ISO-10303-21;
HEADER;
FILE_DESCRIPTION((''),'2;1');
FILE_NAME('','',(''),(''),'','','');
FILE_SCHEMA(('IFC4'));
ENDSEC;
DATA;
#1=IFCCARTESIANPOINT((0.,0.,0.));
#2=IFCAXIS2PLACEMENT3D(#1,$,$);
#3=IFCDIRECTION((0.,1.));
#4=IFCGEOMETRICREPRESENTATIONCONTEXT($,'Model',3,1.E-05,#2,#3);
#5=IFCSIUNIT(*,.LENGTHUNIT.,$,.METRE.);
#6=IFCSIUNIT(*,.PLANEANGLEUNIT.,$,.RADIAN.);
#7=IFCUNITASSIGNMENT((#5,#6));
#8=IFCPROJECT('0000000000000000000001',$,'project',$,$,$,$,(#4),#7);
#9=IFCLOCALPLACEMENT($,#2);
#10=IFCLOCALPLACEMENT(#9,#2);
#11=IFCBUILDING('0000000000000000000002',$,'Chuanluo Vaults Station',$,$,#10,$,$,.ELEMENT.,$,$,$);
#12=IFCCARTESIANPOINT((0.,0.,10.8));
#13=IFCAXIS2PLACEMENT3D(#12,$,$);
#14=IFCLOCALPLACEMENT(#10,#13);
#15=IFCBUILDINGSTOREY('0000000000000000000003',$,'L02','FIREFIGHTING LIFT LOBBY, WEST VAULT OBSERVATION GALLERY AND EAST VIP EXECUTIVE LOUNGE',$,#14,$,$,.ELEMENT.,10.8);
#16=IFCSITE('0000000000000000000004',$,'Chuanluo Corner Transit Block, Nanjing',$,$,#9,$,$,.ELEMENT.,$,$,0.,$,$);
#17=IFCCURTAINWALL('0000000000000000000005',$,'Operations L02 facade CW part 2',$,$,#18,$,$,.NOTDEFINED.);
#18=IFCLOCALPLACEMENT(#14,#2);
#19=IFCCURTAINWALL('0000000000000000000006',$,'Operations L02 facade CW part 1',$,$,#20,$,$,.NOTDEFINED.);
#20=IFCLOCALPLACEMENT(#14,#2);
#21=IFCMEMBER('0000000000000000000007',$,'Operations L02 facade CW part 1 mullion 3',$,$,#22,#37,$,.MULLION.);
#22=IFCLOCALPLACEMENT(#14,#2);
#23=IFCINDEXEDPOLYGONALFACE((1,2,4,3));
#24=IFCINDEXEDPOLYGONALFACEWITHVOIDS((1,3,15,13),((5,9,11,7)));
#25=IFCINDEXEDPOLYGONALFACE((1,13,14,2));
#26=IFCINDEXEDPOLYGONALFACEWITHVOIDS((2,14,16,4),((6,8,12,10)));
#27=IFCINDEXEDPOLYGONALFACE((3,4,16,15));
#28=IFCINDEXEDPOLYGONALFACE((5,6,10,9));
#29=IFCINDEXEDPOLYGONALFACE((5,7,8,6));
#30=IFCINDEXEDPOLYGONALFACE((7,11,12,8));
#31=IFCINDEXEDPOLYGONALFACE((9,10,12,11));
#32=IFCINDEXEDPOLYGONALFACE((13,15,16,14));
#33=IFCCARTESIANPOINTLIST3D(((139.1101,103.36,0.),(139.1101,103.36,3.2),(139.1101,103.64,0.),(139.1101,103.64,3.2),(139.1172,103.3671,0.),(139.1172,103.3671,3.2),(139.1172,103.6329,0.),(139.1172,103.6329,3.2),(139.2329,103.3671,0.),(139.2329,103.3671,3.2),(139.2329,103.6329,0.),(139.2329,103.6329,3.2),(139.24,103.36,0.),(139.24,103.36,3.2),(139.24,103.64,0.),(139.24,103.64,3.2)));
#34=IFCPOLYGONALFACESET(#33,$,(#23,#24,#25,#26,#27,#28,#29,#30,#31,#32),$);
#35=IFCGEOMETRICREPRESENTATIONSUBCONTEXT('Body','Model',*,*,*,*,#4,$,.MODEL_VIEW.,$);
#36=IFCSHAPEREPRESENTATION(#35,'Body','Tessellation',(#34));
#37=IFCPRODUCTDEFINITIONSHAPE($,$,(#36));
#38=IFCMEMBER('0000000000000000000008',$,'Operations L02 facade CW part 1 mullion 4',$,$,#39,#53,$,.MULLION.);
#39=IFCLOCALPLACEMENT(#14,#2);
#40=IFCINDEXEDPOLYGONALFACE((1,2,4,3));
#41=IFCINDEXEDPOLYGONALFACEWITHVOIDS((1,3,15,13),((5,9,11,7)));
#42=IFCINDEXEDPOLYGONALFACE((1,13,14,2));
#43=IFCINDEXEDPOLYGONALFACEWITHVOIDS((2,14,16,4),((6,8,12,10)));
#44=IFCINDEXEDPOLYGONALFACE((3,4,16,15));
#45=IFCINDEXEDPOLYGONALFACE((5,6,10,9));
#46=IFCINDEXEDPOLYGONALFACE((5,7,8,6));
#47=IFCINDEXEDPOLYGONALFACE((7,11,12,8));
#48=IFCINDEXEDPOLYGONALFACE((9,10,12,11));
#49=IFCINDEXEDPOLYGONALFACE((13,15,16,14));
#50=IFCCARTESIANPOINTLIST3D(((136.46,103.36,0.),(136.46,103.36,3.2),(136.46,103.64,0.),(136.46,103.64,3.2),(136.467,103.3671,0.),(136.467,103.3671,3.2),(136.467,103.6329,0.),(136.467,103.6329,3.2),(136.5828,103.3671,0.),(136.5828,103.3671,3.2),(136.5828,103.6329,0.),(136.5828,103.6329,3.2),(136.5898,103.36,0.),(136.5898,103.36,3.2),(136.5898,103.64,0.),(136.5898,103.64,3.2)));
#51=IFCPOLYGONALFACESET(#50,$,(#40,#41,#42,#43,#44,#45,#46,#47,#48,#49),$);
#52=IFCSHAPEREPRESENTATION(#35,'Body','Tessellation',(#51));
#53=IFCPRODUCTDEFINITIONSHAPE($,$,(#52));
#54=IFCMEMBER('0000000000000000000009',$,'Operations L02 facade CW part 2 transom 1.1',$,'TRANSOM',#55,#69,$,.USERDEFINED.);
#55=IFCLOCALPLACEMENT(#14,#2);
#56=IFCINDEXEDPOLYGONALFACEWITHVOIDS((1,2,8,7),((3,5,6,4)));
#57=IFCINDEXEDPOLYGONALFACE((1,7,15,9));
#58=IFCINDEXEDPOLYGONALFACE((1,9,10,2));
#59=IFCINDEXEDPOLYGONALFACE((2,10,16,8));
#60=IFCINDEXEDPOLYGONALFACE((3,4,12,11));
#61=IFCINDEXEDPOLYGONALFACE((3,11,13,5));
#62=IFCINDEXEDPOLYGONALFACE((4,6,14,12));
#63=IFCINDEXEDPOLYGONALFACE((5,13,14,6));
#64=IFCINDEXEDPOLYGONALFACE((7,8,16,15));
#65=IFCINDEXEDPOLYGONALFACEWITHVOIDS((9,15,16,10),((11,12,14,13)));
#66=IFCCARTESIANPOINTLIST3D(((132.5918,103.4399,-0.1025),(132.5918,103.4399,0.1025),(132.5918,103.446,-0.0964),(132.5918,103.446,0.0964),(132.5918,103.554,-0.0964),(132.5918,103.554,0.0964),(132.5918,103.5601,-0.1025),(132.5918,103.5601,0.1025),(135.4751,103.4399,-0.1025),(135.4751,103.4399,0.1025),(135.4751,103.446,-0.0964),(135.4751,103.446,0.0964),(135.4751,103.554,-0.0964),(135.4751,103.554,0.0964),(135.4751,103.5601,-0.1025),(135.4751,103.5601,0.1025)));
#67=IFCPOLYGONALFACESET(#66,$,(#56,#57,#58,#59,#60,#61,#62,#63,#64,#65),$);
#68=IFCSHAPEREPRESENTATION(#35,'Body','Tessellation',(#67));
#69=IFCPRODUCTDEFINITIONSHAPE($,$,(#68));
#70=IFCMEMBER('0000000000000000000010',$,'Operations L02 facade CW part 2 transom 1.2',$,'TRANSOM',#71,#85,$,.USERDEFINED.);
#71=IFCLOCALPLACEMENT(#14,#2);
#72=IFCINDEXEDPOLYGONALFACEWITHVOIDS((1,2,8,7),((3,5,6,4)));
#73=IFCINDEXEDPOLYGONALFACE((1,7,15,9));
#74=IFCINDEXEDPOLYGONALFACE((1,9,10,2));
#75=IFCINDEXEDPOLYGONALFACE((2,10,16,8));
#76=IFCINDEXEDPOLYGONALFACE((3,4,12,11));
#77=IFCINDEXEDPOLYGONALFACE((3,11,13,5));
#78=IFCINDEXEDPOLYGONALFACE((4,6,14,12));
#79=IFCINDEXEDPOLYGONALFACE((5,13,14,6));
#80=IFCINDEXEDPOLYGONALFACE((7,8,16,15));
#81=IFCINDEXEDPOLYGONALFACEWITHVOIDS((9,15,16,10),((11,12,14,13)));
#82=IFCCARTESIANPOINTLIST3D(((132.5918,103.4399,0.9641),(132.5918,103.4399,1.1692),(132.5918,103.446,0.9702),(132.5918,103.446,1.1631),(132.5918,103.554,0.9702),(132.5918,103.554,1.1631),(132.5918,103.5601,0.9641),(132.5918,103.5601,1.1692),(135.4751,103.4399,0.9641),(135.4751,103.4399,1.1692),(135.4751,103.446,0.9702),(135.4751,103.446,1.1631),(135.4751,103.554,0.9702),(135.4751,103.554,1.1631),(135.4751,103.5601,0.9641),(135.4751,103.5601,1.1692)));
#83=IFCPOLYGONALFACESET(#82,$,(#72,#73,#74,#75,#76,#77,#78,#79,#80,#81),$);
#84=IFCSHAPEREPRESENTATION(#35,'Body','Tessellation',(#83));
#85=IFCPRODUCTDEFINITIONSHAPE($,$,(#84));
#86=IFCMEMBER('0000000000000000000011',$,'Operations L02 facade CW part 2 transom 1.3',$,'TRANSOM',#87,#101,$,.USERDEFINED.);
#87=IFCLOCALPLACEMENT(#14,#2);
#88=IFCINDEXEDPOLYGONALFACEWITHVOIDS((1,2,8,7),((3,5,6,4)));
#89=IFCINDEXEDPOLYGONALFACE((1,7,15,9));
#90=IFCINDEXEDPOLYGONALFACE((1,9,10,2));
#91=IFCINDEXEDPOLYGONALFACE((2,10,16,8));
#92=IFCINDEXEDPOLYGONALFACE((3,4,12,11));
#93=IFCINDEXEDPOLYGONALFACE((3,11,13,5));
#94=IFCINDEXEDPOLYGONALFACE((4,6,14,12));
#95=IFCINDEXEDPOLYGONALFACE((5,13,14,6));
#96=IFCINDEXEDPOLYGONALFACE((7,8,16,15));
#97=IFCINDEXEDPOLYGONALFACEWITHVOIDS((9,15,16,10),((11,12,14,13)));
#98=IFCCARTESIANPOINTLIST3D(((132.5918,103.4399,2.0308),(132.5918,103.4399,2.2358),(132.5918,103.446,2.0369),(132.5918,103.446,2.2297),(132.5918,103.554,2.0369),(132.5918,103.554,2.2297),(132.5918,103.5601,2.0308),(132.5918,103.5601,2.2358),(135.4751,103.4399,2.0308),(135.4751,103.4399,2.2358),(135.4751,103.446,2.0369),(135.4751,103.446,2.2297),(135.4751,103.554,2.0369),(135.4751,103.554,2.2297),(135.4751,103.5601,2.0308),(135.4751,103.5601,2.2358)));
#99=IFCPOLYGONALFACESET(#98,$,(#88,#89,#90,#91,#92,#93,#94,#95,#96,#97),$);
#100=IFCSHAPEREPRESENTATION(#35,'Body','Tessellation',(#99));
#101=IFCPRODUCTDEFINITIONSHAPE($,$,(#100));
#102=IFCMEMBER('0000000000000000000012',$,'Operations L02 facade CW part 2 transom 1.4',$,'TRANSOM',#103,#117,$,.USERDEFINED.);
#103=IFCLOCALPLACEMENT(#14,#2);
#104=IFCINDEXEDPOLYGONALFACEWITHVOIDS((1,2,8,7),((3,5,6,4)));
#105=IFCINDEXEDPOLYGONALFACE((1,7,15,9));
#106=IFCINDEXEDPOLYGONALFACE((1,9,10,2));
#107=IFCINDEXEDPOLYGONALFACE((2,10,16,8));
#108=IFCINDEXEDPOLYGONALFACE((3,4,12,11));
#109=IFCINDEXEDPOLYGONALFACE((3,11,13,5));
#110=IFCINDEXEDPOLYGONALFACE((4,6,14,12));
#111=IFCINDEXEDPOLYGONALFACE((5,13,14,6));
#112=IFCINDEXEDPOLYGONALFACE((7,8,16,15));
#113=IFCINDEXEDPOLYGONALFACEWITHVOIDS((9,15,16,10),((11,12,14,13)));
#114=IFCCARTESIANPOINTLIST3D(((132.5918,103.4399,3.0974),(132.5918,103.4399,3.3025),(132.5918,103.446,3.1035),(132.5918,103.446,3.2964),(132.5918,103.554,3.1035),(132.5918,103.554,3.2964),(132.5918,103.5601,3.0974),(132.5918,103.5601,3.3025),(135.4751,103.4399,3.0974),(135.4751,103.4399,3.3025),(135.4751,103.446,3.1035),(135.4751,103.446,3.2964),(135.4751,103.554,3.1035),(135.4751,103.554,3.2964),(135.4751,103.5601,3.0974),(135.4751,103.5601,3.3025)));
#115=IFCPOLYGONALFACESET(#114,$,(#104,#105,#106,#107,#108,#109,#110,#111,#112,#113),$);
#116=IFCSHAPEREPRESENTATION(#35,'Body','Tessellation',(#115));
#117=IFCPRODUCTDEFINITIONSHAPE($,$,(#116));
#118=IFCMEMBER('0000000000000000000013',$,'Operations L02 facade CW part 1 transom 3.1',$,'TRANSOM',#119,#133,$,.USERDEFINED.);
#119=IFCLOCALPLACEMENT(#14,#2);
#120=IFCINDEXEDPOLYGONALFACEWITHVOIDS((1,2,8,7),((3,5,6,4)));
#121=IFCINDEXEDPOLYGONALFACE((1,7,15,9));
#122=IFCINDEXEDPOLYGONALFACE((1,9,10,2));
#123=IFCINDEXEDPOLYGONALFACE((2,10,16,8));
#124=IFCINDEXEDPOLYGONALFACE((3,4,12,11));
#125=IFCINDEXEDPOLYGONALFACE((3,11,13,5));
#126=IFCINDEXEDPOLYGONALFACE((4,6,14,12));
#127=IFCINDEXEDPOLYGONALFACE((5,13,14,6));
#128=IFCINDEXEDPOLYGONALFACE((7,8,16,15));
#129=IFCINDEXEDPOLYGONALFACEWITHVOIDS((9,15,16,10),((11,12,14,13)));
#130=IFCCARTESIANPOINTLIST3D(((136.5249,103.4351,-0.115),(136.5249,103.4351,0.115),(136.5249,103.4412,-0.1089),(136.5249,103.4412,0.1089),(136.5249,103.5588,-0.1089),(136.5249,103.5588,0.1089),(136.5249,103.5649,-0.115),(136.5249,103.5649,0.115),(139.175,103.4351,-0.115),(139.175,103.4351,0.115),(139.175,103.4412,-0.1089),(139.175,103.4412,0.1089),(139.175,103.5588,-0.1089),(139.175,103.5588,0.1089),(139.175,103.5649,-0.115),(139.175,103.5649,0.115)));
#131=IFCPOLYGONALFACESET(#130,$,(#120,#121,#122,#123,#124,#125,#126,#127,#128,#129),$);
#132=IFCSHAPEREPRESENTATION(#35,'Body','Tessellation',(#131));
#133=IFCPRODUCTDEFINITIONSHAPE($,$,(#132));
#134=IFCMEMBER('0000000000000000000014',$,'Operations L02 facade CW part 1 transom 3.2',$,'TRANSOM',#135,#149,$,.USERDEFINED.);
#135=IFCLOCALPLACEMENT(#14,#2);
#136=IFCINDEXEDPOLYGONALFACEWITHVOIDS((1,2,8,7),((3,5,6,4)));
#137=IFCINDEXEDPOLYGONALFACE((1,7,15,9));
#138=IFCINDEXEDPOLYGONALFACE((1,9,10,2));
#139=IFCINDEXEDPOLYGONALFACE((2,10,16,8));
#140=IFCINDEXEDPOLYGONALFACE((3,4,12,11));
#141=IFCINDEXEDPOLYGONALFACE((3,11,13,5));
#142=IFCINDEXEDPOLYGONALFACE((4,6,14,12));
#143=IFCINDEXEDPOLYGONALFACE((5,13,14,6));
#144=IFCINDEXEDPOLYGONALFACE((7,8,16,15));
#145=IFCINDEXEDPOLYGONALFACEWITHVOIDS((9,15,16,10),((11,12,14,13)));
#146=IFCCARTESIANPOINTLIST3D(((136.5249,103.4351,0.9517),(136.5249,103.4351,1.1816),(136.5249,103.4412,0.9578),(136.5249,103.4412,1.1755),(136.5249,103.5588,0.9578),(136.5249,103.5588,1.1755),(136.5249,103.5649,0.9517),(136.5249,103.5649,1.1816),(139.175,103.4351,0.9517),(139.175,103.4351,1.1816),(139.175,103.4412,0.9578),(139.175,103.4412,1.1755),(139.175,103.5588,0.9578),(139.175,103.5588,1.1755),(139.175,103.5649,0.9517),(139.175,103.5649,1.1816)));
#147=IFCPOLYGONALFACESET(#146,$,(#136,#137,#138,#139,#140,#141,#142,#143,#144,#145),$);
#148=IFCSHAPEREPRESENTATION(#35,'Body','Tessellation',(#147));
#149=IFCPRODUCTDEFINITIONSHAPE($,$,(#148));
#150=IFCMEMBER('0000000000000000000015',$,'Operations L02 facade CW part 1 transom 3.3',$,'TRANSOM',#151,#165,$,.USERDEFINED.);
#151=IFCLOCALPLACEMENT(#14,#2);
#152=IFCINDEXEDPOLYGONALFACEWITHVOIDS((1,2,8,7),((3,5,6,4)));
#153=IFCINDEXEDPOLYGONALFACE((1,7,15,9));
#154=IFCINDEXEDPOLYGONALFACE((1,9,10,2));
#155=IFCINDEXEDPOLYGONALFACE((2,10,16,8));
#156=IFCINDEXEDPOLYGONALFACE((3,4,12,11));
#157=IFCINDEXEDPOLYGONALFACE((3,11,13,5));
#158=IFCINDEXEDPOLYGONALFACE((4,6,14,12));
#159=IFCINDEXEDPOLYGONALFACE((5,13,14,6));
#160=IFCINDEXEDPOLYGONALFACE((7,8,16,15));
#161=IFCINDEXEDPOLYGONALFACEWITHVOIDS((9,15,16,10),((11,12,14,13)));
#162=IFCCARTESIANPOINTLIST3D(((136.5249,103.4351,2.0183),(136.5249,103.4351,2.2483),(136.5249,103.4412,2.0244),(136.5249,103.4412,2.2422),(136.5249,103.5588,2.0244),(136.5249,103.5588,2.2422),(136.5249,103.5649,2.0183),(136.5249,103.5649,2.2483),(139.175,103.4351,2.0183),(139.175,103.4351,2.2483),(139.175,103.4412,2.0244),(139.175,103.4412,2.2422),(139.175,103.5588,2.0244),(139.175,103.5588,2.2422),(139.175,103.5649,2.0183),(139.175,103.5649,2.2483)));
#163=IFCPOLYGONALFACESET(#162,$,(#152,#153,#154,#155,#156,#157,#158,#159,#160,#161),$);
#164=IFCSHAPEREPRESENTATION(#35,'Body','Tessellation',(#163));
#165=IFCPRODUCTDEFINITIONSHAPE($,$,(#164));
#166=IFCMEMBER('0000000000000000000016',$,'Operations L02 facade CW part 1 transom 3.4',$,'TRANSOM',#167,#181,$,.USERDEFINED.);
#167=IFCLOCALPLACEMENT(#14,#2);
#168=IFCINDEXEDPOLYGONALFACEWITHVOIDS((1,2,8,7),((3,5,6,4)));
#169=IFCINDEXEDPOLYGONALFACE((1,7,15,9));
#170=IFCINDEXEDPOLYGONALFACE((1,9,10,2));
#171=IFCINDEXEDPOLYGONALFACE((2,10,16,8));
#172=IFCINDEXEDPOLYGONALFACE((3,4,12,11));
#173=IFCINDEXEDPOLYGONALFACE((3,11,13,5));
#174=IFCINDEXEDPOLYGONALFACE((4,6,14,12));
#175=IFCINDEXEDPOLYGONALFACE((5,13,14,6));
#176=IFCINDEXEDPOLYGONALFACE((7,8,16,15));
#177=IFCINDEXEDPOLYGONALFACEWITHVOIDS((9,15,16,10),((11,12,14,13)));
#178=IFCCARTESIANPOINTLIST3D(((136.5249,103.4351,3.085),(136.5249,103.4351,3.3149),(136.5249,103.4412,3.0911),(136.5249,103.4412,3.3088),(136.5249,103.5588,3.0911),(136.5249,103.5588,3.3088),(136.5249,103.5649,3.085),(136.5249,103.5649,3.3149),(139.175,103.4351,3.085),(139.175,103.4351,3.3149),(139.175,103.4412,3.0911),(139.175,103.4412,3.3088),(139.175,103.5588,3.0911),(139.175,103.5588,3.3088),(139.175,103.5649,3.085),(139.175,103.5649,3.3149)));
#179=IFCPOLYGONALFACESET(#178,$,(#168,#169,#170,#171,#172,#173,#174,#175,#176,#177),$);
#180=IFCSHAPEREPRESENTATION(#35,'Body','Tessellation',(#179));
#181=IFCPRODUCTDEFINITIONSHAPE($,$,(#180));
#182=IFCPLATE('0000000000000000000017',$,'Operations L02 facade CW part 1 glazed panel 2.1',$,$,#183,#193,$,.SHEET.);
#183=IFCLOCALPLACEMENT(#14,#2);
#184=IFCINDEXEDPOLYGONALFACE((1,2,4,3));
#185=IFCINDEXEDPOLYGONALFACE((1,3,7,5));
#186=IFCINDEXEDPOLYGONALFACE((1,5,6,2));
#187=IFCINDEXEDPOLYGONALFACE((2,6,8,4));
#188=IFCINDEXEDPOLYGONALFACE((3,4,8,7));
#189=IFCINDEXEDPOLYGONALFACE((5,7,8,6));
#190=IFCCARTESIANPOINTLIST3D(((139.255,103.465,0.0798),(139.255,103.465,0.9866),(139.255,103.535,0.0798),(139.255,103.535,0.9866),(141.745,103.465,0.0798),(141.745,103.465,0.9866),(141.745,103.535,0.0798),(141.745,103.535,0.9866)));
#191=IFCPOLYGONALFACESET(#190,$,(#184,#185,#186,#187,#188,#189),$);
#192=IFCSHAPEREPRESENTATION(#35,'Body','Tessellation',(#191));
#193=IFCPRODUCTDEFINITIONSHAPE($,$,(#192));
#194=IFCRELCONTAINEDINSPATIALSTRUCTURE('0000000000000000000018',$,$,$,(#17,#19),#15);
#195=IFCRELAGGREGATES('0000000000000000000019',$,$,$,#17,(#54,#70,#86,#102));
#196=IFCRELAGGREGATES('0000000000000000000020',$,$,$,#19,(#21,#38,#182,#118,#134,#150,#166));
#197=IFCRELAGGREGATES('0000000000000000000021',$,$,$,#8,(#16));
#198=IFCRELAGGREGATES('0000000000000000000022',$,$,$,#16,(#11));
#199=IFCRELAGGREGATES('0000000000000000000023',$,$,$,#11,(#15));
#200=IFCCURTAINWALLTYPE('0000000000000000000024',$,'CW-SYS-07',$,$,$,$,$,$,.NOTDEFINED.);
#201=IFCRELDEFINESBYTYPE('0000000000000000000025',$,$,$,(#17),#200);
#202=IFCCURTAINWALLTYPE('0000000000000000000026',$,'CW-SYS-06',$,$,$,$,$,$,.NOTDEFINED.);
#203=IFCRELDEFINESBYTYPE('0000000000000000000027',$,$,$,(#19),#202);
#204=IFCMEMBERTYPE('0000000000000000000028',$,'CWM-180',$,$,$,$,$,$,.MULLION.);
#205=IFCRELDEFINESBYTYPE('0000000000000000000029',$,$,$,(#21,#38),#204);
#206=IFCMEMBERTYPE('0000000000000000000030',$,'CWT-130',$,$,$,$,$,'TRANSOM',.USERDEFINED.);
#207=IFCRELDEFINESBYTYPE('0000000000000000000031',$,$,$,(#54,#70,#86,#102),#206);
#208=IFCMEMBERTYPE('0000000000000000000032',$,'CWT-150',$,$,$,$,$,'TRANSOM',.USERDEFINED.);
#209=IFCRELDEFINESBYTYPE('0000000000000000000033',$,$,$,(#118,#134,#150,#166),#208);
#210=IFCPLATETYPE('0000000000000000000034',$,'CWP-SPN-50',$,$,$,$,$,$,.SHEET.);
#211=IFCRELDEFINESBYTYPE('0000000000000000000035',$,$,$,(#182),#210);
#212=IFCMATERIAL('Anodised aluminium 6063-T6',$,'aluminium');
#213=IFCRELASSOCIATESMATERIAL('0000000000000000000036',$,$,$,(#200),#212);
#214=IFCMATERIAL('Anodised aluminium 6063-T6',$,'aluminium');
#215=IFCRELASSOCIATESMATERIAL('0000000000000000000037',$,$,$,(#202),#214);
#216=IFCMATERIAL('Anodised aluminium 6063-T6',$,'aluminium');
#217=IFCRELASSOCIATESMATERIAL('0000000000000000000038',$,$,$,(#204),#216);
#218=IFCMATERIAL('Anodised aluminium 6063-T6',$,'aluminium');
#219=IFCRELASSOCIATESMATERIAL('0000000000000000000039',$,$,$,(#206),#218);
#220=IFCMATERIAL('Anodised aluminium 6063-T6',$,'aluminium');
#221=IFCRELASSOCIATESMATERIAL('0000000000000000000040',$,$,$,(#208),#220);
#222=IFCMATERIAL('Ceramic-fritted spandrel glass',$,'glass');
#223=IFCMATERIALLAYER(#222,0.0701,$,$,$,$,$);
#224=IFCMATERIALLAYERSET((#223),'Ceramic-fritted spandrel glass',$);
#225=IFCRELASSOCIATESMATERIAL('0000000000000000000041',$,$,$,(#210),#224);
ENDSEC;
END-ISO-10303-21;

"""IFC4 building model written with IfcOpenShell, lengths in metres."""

from ifc_helpers import new_model, si_unit, direction, frame, origin, origin_2d, place, context, subcontext, project, spatial, rectangle, hollow_rectangle, extrude, material, layer, layer_set, material_profile, profile_set, type_object, element, aggregate, save


model = new_model("IFC4")

# Units and contexts
model_context = context("Model", 3, precision=1e-05, world=origin(), true_north=direction((0.0, 1.0)))
body_context = subcontext(model_context, "Body", "Model", "MODEL_VIEW")
ifc_project = project(units=[si_unit("LENGTHUNIT", "METRE"), si_unit("PLANEANGLEUNIT", "RADIAN")], contexts=[model_context])

# Site, building, storey
site_placement = place(None, origin())
site = spatial("IfcSite", under=ifc_project, at=site_placement, Name="Chuanluo Corner Transit Block, Nanjing", CompositionType="ELEMENT", RefElevation=0.0)
building_placement = place(site_placement, origin())
building = spatial("IfcBuilding", under=site, at=building_placement, Name="Chuanluo Vaults Station", CompositionType="ELEMENT")
storey_placement = place(building_placement, frame((0.0, 0.0, 10.8)))
storey = spatial("IfcBuildingStorey", under=building, at=storey_placement, Name="L02", Description="FIREFIGHTING LIFT LOBBY, WEST VAULT OBSERVATION GALLERY AND EAST VIP EXECUTIVE LOUNGE", CompositionType="ELEMENT", Elevation=10.8)

# Curtain wall
ifc_material_1 = material(Name="Anodised aluminium 6063-T6", Category="aluminium")
curtain_wall_type_1 = type_object("IfcCurtainWallType", Name="CW-SYS-07", PredefinedType="NOTDEFINED", material=ifc_material_1)
curtain_wall_1_placement = place(storey_placement, origin())
curtain_wall_1 = element("IfcCurtainWall", 1, at=curtain_wall_1_placement, inside=storey, type_object=curtain_wall_type_1, Name="Operations L02 facade CW part 2", PredefinedType="NOTDEFINED")

# Curtain wall, members
ifc_material_2 = material(Name="Anodised aluminium 6063-T6", Category="aluminium")
curtain_wall_type_2 = type_object("IfcCurtainWallType", Name="CW-SYS-06", PredefinedType="NOTDEFINED", material=ifc_material_2)
curtain_wall_2_placement = place(storey_placement, origin())
curtain_wall_2 = element("IfcCurtainWall", 2, at=curtain_wall_2_placement, inside=storey, type_object=curtain_wall_type_2, Name="Operations L02 facade CW part 1", PredefinedType="NOTDEFINED")
ifc_material_3 = material(Name="Anodised aluminium 6063-T6", Category="aluminium")
ifc_material_profile_1 = material_profile(ifc_material_3, hollow_rectangle(XDim=0.1299, YDim=0.28, WallThickness=0.0071, at=origin_2d()))
ifc_profile_set_1 = profile_set([ifc_material_profile_1], Name="Anodised aluminium 6063-T6")
member_type_1 = type_object("IfcMemberType", Name="CWM-180", PredefinedType="MULLION", material=ifc_profile_set_1)
member_1_placement = place(storey_placement, frame((139.175, 103.5, 0.0), z_axis=(0.0, 0.0, 1.0), x_axis=(-1.0, 0.0, 0.0)))
member_1 = element("IfcMember", 3, at=member_1_placement, type_object=member_type_1, Name="Operations L02 facade CW part 1 mullion 3", PredefinedType="MULLION", context=body_context, shape_type="SweptSolid", body=[
    extrude(hollow_rectangle(XDim=0.1299, YDim=0.28, WallThickness=0.0071, at=origin_2d()), origin(), (0.0, 0.0, 1.0), 3.2),
])
member_2_placement = place(storey_placement, frame((136.5249, 103.5, 0.0), z_axis=(0.0, 0.0, 1.0), x_axis=(-1.0, 0.0, 0.0)))
member_2 = element("IfcMember", 4, at=member_2_placement, type_object=member_type_1, Name="Operations L02 facade CW part 1 mullion 4", PredefinedType="MULLION", context=body_context, shape_type="SweptSolid", body=[
    extrude(hollow_rectangle(XDim=0.1299, YDim=0.28, WallThickness=0.0071, at=origin_2d()), origin(), (0.0, 0.0, 1.0), 3.2),
])

# Members
ifc_material_4 = material(Name="Anodised aluminium 6063-T6", Category="aluminium")
ifc_material_profile_2 = material_profile(ifc_material_4, hollow_rectangle(XDim=0.1201, YDim=0.2051, WallThickness=0.0061, at=origin_2d()))
ifc_profile_set_2 = profile_set([ifc_material_profile_2], Name="Anodised aluminium 6063-T6")
member_type_2 = type_object("IfcMemberType", Name="CWT-130", ElementType="TRANSOM", PredefinedType="USERDEFINED", material=ifc_profile_set_2)
member_3_placement = place(storey_placement, frame((135.4751, 103.5, 0.0), z_axis=(-1.0, 0.0, 0.0), x_axis=(0.0, -1.0, 0.0)))
member_3 = element("IfcMember", 5, at=member_3_placement, type_object=member_type_2, Name="Operations L02 facade CW part 2 transom 1.1", ObjectType="TRANSOM", PredefinedType="USERDEFINED", context=body_context, shape_type="SweptSolid", body=[
    extrude(hollow_rectangle(XDim=0.1201, YDim=0.2051, WallThickness=0.0061, at=origin_2d()), origin(), (0.0, 0.0, 1.0), 2.8833),
])
member_4_placement = place(storey_placement, frame((135.4751, 103.5, 1.0667), z_axis=(-1.0, 0.0, 0.0), x_axis=(0.0, -1.0, 0.0)))
member_4 = element("IfcMember", 6, at=member_4_placement, type_object=member_type_2, Name="Operations L02 facade CW part 2 transom 1.2", ObjectType="TRANSOM", PredefinedType="USERDEFINED", context=body_context, shape_type="SweptSolid", body=[
    extrude(hollow_rectangle(XDim=0.1201, YDim=0.2051, WallThickness=0.0061, at=origin_2d()), origin(), (0.0, 0.0, 1.0), 2.8833),
])
member_5_placement = place(storey_placement, frame((135.4751, 103.5, 2.1333), z_axis=(-1.0, 0.0, 0.0), x_axis=(0.0, -1.0, 0.0)))
member_5 = element("IfcMember", 7, at=member_5_placement, type_object=member_type_2, Name="Operations L02 facade CW part 2 transom 1.3", ObjectType="TRANSOM", PredefinedType="USERDEFINED", context=body_context, shape_type="SweptSolid", body=[
    extrude(hollow_rectangle(XDim=0.1201, YDim=0.2051, WallThickness=0.0061, at=origin_2d()), origin(), (0.0, 0.0, 1.0), 2.8833),
])
member_6_placement = place(storey_placement, frame((135.4751, 103.5, 3.2), z_axis=(-1.0, 0.0, 0.0), x_axis=(0.0, -1.0, 0.0)))
member_6 = element("IfcMember", 8, at=member_6_placement, type_object=member_type_2, Name="Operations L02 facade CW part 2 transom 1.4", ObjectType="TRANSOM", PredefinedType="USERDEFINED", context=body_context, shape_type="SweptSolid", body=[
    extrude(hollow_rectangle(XDim=0.1201, YDim=0.2051, WallThickness=0.0061, at=origin_2d()), origin(), (0.0, 0.0, 1.0), 2.8833),
])
ifc_material_5 = material(Name="Anodised aluminium 6063-T6", Category="aluminium")
ifc_material_profile_3 = material_profile(ifc_material_5, hollow_rectangle(XDim=0.1299, YDim=0.23, WallThickness=0.0061, at=origin_2d()))
ifc_profile_set_3 = profile_set([ifc_material_profile_3], Name="Anodised aluminium 6063-T6")
member_type_3 = type_object("IfcMemberType", Name="CWT-150", ElementType="TRANSOM", PredefinedType="USERDEFINED", material=ifc_profile_set_3)
member_7_placement = place(storey_placement, frame((139.175, 103.5, 0.0), z_axis=(-1.0, 0.0, 0.0), x_axis=(0.0, -1.0, 0.0)))
member_7 = element("IfcMember", 9, at=member_7_placement, type_object=member_type_3, Name="Operations L02 facade CW part 1 transom 3.1", ObjectType="TRANSOM", PredefinedType="USERDEFINED", context=body_context, shape_type="SweptSolid", body=[
    extrude(hollow_rectangle(XDim=0.1299, YDim=0.23, WallThickness=0.0061, at=origin_2d()), origin(), (0.0, 0.0, 1.0), 2.6501),
])
member_8_placement = place(storey_placement, frame((139.175, 103.5, 1.0667), z_axis=(-1.0, 0.0, 0.0), x_axis=(0.0, -1.0, 0.0)))
member_8 = element("IfcMember", 10, at=member_8_placement, type_object=member_type_3, Name="Operations L02 facade CW part 1 transom 3.2", ObjectType="TRANSOM", PredefinedType="USERDEFINED", context=body_context, shape_type="SweptSolid", body=[
    extrude(hollow_rectangle(XDim=0.1299, YDim=0.23, WallThickness=0.0061, at=origin_2d()), origin(), (0.0, 0.0, 1.0), 2.6501),
])
member_9_placement = place(storey_placement, frame((139.175, 103.5, 2.1333), z_axis=(-1.0, 0.0, 0.0), x_axis=(0.0, -1.0, 0.0)))
member_9 = element("IfcMember", 11, at=member_9_placement, type_object=member_type_3, Name="Operations L02 facade CW part 1 transom 3.3", ObjectType="TRANSOM", PredefinedType="USERDEFINED", context=body_context, shape_type="SweptSolid", body=[
    extrude(hollow_rectangle(XDim=0.1299, YDim=0.23, WallThickness=0.0061, at=origin_2d()), origin(), (0.0, 0.0, 1.0), 2.6501),
])
member_10_placement = place(storey_placement, frame((139.175, 103.5, 3.2), z_axis=(-1.0, 0.0, 0.0), x_axis=(0.0, -1.0, 0.0)))
member_10 = element("IfcMember", 12, at=member_10_placement, type_object=member_type_3, Name="Operations L02 facade CW part 1 transom 3.4", ObjectType="TRANSOM", PredefinedType="USERDEFINED", context=body_context, shape_type="SweptSolid", body=[
    extrude(hollow_rectangle(XDim=0.1299, YDim=0.23, WallThickness=0.0061, at=origin_2d()), origin(), (0.0, 0.0, 1.0), 2.6501),
])

# Plate
ifc_material_6 = material(Name="Ceramic-fritted spandrel glass", Category="glass")
ifc_layer_1 = layer(ifc_material_6, 0.0701)
ifc_layer_set_1 = layer_set([ifc_layer_1], Name="Ceramic-fritted spandrel glass")
plate_type_1 = type_object("IfcPlateType", Name="CWP-SPN-50", PredefinedType="SHEET", material=ifc_layer_set_1)
plate_1_placement = place(storey_placement, frame((140.5, 103.5, 0.0798), z_axis=(0.0, 0.0, 1.0), x_axis=(-1.0, 0.0, 0.0)))
plate_1 = element("IfcPlate", 13, at=plate_1_placement, type_object=plate_type_1, Name="Operations L02 facade CW part 1 glazed panel 2.1", PredefinedType="SHEET", context=body_context, shape_type="SweptSolid", body=[
    extrude(rectangle(XDim=2.49, YDim=0.0701, at=origin_2d()), origin(), (0.0, 0.0, 1.0), 0.9067),
])
aggregate(curtain_wall_1, [member_3, member_4, member_5, member_6])
aggregate(curtain_wall_2, [member_1, member_2, plate_1, member_7, member_8, member_9, member_10])

save(model, "model.ifc")
